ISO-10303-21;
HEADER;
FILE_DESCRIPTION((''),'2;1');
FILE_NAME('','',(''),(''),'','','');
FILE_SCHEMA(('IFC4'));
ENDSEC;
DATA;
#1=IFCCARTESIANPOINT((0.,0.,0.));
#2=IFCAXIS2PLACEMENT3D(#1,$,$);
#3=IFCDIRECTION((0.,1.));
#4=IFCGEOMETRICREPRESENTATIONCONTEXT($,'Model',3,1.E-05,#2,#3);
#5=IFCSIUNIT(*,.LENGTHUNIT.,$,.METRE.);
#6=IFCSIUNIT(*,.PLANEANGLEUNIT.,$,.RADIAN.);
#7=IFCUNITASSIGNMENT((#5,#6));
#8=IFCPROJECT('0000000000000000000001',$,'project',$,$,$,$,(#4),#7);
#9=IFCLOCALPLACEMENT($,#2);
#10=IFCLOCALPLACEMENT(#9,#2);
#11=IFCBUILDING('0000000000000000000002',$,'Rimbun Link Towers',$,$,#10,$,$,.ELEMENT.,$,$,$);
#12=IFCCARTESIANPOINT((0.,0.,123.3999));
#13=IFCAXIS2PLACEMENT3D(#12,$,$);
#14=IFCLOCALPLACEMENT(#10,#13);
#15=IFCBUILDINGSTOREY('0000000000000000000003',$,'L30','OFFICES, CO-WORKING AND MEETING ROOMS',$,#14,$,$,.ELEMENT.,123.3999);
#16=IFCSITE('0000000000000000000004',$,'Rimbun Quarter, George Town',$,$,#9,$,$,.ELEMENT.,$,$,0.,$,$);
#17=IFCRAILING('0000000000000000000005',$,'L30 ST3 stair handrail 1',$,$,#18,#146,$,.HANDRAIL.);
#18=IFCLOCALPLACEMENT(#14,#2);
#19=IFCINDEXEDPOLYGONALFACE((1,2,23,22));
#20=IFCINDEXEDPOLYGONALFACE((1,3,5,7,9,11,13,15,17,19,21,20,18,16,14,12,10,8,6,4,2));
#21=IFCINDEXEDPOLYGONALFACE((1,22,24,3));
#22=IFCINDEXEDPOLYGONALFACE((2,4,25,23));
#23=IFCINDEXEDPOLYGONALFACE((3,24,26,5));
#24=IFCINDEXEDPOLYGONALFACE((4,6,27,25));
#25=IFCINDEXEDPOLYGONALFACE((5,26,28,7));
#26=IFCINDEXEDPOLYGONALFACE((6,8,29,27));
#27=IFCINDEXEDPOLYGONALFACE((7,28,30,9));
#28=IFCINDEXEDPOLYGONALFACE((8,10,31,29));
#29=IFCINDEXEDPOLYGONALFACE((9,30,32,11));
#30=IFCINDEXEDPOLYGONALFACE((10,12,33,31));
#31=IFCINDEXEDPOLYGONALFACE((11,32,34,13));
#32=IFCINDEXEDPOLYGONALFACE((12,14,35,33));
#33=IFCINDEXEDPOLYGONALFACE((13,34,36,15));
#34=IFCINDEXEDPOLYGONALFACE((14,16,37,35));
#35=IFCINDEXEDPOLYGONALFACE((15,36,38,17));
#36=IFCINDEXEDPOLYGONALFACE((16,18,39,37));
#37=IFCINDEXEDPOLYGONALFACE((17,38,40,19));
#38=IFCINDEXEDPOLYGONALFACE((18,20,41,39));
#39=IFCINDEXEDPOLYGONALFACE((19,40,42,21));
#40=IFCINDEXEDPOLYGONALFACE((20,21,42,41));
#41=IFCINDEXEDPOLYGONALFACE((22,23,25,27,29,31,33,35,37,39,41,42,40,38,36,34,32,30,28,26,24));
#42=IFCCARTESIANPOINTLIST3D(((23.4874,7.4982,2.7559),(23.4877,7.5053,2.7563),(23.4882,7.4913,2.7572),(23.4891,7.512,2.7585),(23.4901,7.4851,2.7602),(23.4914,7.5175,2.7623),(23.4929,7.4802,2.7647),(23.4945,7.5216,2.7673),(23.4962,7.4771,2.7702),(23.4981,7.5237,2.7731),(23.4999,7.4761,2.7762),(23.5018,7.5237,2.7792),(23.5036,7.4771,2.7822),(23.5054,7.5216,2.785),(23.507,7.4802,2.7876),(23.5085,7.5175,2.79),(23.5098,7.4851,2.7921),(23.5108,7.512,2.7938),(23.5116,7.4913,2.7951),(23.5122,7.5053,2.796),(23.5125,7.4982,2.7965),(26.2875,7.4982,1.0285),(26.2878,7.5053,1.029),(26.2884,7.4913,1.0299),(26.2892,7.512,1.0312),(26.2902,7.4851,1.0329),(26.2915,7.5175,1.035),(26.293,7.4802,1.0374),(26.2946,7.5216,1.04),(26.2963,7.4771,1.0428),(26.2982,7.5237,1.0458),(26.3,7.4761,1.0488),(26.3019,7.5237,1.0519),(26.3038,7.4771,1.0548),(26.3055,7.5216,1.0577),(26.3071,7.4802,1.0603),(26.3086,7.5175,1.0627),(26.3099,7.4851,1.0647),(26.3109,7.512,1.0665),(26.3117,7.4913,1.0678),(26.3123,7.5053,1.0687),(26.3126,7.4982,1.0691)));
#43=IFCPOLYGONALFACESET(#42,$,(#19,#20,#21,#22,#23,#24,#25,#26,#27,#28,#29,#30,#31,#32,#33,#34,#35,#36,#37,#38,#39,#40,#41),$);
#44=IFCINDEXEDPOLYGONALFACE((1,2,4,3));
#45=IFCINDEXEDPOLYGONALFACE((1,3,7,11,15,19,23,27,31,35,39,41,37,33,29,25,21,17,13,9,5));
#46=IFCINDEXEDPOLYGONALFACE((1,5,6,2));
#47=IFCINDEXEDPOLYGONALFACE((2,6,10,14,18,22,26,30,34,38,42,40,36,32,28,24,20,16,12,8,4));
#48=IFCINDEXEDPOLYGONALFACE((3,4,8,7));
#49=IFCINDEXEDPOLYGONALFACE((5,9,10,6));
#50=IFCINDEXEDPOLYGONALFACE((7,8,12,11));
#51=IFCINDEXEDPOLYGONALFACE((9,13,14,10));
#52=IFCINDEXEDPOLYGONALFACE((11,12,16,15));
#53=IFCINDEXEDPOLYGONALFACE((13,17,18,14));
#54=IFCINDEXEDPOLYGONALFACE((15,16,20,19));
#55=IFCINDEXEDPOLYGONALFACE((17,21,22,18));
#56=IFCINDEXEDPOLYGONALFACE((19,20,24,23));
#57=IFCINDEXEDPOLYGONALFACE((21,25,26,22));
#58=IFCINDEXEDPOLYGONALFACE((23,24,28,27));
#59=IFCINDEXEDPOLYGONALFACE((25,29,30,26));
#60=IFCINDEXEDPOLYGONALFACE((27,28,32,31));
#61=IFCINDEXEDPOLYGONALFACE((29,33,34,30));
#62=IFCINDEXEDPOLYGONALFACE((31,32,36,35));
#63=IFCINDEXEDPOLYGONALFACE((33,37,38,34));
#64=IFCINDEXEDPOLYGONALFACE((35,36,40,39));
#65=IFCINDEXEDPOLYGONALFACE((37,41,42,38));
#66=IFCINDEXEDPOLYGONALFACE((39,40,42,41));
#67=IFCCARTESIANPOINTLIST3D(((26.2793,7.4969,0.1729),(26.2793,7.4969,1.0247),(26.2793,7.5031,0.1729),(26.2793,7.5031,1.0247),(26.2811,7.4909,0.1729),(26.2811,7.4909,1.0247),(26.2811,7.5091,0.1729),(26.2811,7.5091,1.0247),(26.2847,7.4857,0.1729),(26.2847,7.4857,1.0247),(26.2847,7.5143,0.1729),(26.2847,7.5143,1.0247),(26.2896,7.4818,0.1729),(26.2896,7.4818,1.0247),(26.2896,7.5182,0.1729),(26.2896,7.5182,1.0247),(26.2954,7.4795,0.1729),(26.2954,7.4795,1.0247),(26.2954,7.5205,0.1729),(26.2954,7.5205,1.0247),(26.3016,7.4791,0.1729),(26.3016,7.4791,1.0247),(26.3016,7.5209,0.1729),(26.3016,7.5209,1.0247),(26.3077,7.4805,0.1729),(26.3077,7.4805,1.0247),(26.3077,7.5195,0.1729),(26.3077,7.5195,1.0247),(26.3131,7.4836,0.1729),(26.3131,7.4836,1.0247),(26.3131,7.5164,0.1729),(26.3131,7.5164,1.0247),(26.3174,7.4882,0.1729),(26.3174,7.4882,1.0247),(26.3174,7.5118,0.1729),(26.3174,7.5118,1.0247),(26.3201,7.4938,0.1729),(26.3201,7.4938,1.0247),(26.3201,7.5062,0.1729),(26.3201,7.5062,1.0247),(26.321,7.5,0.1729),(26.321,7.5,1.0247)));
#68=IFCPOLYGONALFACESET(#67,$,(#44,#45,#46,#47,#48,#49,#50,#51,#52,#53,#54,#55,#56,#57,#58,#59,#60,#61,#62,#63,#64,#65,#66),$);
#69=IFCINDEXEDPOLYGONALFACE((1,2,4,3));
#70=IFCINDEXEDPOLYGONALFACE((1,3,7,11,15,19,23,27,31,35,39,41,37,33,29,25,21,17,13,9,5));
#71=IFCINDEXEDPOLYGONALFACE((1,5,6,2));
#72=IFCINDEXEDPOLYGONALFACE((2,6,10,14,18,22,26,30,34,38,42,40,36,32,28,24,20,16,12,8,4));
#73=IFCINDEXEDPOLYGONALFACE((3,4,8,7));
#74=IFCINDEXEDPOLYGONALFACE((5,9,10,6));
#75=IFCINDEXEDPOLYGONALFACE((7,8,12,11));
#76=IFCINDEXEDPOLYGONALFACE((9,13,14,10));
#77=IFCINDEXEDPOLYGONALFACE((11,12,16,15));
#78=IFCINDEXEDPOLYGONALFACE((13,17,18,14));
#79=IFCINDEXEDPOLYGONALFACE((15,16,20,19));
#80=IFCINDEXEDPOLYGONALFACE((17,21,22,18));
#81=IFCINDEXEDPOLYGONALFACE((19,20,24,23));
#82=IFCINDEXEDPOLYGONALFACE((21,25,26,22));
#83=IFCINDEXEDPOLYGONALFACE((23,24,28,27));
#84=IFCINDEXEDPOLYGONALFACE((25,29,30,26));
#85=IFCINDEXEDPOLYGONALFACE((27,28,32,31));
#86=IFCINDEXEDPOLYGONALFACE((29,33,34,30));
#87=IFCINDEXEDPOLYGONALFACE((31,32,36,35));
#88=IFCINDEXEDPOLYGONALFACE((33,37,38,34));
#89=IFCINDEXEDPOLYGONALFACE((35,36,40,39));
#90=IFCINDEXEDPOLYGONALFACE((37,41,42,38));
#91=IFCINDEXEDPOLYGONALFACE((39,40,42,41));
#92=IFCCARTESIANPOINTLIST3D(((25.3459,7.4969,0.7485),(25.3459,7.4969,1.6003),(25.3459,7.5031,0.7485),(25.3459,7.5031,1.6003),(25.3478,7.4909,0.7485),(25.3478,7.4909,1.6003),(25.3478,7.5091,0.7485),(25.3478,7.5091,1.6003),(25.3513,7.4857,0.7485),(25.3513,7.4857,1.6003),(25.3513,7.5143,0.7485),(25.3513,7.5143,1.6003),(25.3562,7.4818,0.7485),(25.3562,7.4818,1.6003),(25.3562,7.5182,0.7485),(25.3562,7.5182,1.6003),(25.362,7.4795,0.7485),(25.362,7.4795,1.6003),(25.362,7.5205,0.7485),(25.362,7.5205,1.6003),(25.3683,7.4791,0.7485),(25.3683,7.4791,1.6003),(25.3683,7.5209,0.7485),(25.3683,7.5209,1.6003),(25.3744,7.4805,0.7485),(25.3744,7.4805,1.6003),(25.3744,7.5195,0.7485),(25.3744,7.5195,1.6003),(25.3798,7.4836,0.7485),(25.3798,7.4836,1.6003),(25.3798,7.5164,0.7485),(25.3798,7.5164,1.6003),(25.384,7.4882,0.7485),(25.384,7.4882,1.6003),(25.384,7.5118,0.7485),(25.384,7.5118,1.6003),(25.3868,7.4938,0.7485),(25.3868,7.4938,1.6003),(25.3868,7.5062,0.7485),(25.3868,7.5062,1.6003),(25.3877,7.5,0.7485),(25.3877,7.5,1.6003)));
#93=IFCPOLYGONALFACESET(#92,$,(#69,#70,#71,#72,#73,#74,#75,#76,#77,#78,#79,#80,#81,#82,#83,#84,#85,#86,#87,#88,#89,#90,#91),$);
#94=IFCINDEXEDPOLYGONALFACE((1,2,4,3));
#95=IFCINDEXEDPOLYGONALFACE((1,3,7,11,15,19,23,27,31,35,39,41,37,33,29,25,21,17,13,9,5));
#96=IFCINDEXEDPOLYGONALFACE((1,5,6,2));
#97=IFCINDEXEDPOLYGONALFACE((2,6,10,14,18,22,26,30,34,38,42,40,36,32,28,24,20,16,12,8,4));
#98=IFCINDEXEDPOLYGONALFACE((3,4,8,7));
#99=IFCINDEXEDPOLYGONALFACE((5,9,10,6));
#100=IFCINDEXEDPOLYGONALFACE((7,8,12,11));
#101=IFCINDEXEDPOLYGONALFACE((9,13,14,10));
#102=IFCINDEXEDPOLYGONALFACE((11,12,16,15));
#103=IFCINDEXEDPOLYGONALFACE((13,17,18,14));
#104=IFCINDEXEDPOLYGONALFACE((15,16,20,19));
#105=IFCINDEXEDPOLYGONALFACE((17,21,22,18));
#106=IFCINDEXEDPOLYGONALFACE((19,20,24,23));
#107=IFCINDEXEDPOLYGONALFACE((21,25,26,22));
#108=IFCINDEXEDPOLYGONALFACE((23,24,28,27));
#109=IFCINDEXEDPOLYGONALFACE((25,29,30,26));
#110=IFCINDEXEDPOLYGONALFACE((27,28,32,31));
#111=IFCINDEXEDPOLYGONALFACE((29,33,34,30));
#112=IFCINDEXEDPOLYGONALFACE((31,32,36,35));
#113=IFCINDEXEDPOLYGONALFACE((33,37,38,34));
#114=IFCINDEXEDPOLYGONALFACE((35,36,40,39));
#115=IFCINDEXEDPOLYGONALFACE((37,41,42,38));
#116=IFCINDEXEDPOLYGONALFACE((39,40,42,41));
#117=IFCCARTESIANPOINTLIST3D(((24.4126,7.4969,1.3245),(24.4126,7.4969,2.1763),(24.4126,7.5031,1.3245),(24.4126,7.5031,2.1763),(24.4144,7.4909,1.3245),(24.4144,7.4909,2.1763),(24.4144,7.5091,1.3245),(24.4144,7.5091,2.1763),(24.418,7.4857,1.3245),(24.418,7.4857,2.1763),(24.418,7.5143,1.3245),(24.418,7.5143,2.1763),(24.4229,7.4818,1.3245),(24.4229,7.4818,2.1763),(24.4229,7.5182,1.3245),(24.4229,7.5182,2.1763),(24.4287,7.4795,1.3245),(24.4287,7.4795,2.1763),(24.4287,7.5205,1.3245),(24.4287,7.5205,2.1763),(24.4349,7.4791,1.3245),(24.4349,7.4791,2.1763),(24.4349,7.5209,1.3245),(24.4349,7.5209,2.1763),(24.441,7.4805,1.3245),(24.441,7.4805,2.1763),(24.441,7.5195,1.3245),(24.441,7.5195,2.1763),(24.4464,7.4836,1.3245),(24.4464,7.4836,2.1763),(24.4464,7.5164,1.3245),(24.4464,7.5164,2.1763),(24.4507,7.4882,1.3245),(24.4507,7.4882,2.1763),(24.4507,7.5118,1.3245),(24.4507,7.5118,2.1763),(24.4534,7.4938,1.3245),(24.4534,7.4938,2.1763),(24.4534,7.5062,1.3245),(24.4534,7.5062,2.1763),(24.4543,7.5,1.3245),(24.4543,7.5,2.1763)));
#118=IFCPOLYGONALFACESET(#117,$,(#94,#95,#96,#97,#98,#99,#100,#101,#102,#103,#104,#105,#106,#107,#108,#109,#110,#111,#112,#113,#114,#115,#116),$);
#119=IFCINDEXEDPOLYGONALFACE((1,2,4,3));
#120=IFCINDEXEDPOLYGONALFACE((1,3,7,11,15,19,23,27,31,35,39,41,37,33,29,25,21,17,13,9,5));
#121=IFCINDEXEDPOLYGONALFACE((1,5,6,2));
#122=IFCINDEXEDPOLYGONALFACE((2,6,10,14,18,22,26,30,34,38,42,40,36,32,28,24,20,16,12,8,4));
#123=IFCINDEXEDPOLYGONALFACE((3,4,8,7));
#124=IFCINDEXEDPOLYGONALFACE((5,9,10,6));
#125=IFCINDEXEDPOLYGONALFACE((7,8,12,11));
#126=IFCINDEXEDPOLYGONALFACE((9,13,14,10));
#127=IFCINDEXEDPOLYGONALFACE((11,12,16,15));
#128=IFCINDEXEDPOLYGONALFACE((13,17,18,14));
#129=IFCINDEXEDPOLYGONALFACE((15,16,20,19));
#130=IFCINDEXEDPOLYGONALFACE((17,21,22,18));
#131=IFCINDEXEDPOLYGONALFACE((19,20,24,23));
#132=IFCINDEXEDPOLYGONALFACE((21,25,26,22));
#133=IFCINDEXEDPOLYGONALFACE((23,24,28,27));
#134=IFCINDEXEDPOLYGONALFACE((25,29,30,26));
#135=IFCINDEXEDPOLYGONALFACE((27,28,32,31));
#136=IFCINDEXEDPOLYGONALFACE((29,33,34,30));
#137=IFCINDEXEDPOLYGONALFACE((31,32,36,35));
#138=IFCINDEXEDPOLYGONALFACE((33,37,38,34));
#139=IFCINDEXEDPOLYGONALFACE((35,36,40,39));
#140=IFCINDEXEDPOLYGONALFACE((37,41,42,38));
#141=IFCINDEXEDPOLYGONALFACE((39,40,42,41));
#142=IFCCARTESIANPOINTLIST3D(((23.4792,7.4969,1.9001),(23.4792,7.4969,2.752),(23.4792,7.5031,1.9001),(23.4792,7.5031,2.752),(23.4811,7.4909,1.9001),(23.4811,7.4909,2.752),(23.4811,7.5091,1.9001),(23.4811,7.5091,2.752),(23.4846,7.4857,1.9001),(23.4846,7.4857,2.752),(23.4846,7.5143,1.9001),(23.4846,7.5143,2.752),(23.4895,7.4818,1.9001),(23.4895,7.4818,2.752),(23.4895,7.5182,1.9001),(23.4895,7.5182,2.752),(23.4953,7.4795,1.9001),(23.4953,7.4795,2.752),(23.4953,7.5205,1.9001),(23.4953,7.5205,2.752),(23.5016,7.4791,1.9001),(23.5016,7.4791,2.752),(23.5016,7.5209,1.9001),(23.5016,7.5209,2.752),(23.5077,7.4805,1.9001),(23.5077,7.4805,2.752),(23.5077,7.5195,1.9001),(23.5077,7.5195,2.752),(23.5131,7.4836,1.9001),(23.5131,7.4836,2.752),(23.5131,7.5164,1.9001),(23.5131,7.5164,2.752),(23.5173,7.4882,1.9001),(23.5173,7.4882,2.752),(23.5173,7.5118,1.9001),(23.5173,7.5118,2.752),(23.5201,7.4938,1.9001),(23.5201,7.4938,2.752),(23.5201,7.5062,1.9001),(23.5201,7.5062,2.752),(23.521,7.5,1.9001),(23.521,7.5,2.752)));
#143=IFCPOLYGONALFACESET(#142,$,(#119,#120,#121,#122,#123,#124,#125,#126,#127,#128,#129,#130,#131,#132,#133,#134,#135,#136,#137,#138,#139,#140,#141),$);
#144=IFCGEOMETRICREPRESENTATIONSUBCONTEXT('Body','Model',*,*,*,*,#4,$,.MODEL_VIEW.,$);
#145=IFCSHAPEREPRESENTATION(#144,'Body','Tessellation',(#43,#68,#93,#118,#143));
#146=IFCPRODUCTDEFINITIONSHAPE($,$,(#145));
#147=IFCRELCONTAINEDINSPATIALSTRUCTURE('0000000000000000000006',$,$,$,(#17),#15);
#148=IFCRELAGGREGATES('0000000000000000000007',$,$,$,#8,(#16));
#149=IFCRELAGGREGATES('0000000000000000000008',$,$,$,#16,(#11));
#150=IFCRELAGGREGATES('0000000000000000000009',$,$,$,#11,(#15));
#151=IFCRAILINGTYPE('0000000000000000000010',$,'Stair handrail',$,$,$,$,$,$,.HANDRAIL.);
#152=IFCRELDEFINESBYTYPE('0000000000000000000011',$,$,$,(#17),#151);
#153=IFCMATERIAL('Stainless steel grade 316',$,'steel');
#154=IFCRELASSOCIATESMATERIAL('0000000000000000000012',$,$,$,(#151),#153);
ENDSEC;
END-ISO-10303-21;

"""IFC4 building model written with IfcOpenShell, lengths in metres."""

from ifc_helpers import new_model, si_unit, direction, frame, origin, origin_2d, place, context, subcontext, project, spatial, circle, extrude, material, type_object, element, save


model = new_model("IFC4")

# Units and contexts
model_context = context("Model", 3, precision=1e-05, world=origin(), true_north=direction((0.0, 1.0)))
body_context = subcontext(model_context, "Body", "Model", "MODEL_VIEW")
ifc_project = project(units=[si_unit("LENGTHUNIT", "METRE"), si_unit("PLANEANGLEUNIT", "RADIAN")], contexts=[model_context])

# Site, building, storey
site_placement = place(None, origin())
site = spatial("IfcSite", under=ifc_project, at=site_placement, Name="Rimbun Quarter, George Town", CompositionType="ELEMENT", RefElevation=0.0)
building_placement = place(site_placement, origin())
building = spatial("IfcBuilding", under=site, at=building_placement, Name="Rimbun Link Towers", CompositionType="ELEMENT")
storey_placement = place(building_placement, frame((0.0, 0.0, 123.3999)))
storey = spatial("IfcBuildingStorey", under=building, at=storey_placement, Name="L30", Description="OFFICES, CO-WORKING AND MEETING ROOMS", CompositionType="ELEMENT", Elevation=123.3999)

# Railing
ifc_material_1 = material(Name="Stainless steel grade 316", Category="steel")
railing_type_1 = type_object("IfcRailingType", Name="Stair handrail", PredefinedType="HANDRAIL", material=ifc_material_1)
railing_1_placement = place(storey_placement, frame((26.3, 7.5, 0.1729)))
element("IfcRailing", 1, at=railing_1_placement, inside=storey, type_object=railing_type_1, Name="L30 ST3 stair handrail 1", PredefinedType="HANDRAIL", context=body_context, shape_type="SweptSolid", body=[
    extrude(circle(Radius=0.0239, at=origin_2d()), frame((0.0, 0.0, 0.876), z_axis=(-0.85109, 0.0, 0.52502), x_axis=(0.0, -1.0, 0.0)), (0.0, 0.0, 1.0), 3.29),
    extrude(circle(Radius=0.021, at=origin_2d()), origin(), (0.0, 0.0, 1.0), 0.8518),
    extrude(circle(Radius=0.021, at=origin_2d()), frame((-0.9333, 0.0, 0.5757)), (0.0, 0.0, 1.0), 0.8518),
    extrude(circle(Radius=0.021, at=origin_2d()), frame((-1.8667, 0.0, 1.1516)), (0.0, 0.0, 1.0), 0.8518),
    extrude(circle(Radius=0.021, at=origin_2d()), frame((-2.8, 0.0, 1.7273)), (0.0, 0.0, 1.0), 0.8518),
])

save(model, "model.ifc")
